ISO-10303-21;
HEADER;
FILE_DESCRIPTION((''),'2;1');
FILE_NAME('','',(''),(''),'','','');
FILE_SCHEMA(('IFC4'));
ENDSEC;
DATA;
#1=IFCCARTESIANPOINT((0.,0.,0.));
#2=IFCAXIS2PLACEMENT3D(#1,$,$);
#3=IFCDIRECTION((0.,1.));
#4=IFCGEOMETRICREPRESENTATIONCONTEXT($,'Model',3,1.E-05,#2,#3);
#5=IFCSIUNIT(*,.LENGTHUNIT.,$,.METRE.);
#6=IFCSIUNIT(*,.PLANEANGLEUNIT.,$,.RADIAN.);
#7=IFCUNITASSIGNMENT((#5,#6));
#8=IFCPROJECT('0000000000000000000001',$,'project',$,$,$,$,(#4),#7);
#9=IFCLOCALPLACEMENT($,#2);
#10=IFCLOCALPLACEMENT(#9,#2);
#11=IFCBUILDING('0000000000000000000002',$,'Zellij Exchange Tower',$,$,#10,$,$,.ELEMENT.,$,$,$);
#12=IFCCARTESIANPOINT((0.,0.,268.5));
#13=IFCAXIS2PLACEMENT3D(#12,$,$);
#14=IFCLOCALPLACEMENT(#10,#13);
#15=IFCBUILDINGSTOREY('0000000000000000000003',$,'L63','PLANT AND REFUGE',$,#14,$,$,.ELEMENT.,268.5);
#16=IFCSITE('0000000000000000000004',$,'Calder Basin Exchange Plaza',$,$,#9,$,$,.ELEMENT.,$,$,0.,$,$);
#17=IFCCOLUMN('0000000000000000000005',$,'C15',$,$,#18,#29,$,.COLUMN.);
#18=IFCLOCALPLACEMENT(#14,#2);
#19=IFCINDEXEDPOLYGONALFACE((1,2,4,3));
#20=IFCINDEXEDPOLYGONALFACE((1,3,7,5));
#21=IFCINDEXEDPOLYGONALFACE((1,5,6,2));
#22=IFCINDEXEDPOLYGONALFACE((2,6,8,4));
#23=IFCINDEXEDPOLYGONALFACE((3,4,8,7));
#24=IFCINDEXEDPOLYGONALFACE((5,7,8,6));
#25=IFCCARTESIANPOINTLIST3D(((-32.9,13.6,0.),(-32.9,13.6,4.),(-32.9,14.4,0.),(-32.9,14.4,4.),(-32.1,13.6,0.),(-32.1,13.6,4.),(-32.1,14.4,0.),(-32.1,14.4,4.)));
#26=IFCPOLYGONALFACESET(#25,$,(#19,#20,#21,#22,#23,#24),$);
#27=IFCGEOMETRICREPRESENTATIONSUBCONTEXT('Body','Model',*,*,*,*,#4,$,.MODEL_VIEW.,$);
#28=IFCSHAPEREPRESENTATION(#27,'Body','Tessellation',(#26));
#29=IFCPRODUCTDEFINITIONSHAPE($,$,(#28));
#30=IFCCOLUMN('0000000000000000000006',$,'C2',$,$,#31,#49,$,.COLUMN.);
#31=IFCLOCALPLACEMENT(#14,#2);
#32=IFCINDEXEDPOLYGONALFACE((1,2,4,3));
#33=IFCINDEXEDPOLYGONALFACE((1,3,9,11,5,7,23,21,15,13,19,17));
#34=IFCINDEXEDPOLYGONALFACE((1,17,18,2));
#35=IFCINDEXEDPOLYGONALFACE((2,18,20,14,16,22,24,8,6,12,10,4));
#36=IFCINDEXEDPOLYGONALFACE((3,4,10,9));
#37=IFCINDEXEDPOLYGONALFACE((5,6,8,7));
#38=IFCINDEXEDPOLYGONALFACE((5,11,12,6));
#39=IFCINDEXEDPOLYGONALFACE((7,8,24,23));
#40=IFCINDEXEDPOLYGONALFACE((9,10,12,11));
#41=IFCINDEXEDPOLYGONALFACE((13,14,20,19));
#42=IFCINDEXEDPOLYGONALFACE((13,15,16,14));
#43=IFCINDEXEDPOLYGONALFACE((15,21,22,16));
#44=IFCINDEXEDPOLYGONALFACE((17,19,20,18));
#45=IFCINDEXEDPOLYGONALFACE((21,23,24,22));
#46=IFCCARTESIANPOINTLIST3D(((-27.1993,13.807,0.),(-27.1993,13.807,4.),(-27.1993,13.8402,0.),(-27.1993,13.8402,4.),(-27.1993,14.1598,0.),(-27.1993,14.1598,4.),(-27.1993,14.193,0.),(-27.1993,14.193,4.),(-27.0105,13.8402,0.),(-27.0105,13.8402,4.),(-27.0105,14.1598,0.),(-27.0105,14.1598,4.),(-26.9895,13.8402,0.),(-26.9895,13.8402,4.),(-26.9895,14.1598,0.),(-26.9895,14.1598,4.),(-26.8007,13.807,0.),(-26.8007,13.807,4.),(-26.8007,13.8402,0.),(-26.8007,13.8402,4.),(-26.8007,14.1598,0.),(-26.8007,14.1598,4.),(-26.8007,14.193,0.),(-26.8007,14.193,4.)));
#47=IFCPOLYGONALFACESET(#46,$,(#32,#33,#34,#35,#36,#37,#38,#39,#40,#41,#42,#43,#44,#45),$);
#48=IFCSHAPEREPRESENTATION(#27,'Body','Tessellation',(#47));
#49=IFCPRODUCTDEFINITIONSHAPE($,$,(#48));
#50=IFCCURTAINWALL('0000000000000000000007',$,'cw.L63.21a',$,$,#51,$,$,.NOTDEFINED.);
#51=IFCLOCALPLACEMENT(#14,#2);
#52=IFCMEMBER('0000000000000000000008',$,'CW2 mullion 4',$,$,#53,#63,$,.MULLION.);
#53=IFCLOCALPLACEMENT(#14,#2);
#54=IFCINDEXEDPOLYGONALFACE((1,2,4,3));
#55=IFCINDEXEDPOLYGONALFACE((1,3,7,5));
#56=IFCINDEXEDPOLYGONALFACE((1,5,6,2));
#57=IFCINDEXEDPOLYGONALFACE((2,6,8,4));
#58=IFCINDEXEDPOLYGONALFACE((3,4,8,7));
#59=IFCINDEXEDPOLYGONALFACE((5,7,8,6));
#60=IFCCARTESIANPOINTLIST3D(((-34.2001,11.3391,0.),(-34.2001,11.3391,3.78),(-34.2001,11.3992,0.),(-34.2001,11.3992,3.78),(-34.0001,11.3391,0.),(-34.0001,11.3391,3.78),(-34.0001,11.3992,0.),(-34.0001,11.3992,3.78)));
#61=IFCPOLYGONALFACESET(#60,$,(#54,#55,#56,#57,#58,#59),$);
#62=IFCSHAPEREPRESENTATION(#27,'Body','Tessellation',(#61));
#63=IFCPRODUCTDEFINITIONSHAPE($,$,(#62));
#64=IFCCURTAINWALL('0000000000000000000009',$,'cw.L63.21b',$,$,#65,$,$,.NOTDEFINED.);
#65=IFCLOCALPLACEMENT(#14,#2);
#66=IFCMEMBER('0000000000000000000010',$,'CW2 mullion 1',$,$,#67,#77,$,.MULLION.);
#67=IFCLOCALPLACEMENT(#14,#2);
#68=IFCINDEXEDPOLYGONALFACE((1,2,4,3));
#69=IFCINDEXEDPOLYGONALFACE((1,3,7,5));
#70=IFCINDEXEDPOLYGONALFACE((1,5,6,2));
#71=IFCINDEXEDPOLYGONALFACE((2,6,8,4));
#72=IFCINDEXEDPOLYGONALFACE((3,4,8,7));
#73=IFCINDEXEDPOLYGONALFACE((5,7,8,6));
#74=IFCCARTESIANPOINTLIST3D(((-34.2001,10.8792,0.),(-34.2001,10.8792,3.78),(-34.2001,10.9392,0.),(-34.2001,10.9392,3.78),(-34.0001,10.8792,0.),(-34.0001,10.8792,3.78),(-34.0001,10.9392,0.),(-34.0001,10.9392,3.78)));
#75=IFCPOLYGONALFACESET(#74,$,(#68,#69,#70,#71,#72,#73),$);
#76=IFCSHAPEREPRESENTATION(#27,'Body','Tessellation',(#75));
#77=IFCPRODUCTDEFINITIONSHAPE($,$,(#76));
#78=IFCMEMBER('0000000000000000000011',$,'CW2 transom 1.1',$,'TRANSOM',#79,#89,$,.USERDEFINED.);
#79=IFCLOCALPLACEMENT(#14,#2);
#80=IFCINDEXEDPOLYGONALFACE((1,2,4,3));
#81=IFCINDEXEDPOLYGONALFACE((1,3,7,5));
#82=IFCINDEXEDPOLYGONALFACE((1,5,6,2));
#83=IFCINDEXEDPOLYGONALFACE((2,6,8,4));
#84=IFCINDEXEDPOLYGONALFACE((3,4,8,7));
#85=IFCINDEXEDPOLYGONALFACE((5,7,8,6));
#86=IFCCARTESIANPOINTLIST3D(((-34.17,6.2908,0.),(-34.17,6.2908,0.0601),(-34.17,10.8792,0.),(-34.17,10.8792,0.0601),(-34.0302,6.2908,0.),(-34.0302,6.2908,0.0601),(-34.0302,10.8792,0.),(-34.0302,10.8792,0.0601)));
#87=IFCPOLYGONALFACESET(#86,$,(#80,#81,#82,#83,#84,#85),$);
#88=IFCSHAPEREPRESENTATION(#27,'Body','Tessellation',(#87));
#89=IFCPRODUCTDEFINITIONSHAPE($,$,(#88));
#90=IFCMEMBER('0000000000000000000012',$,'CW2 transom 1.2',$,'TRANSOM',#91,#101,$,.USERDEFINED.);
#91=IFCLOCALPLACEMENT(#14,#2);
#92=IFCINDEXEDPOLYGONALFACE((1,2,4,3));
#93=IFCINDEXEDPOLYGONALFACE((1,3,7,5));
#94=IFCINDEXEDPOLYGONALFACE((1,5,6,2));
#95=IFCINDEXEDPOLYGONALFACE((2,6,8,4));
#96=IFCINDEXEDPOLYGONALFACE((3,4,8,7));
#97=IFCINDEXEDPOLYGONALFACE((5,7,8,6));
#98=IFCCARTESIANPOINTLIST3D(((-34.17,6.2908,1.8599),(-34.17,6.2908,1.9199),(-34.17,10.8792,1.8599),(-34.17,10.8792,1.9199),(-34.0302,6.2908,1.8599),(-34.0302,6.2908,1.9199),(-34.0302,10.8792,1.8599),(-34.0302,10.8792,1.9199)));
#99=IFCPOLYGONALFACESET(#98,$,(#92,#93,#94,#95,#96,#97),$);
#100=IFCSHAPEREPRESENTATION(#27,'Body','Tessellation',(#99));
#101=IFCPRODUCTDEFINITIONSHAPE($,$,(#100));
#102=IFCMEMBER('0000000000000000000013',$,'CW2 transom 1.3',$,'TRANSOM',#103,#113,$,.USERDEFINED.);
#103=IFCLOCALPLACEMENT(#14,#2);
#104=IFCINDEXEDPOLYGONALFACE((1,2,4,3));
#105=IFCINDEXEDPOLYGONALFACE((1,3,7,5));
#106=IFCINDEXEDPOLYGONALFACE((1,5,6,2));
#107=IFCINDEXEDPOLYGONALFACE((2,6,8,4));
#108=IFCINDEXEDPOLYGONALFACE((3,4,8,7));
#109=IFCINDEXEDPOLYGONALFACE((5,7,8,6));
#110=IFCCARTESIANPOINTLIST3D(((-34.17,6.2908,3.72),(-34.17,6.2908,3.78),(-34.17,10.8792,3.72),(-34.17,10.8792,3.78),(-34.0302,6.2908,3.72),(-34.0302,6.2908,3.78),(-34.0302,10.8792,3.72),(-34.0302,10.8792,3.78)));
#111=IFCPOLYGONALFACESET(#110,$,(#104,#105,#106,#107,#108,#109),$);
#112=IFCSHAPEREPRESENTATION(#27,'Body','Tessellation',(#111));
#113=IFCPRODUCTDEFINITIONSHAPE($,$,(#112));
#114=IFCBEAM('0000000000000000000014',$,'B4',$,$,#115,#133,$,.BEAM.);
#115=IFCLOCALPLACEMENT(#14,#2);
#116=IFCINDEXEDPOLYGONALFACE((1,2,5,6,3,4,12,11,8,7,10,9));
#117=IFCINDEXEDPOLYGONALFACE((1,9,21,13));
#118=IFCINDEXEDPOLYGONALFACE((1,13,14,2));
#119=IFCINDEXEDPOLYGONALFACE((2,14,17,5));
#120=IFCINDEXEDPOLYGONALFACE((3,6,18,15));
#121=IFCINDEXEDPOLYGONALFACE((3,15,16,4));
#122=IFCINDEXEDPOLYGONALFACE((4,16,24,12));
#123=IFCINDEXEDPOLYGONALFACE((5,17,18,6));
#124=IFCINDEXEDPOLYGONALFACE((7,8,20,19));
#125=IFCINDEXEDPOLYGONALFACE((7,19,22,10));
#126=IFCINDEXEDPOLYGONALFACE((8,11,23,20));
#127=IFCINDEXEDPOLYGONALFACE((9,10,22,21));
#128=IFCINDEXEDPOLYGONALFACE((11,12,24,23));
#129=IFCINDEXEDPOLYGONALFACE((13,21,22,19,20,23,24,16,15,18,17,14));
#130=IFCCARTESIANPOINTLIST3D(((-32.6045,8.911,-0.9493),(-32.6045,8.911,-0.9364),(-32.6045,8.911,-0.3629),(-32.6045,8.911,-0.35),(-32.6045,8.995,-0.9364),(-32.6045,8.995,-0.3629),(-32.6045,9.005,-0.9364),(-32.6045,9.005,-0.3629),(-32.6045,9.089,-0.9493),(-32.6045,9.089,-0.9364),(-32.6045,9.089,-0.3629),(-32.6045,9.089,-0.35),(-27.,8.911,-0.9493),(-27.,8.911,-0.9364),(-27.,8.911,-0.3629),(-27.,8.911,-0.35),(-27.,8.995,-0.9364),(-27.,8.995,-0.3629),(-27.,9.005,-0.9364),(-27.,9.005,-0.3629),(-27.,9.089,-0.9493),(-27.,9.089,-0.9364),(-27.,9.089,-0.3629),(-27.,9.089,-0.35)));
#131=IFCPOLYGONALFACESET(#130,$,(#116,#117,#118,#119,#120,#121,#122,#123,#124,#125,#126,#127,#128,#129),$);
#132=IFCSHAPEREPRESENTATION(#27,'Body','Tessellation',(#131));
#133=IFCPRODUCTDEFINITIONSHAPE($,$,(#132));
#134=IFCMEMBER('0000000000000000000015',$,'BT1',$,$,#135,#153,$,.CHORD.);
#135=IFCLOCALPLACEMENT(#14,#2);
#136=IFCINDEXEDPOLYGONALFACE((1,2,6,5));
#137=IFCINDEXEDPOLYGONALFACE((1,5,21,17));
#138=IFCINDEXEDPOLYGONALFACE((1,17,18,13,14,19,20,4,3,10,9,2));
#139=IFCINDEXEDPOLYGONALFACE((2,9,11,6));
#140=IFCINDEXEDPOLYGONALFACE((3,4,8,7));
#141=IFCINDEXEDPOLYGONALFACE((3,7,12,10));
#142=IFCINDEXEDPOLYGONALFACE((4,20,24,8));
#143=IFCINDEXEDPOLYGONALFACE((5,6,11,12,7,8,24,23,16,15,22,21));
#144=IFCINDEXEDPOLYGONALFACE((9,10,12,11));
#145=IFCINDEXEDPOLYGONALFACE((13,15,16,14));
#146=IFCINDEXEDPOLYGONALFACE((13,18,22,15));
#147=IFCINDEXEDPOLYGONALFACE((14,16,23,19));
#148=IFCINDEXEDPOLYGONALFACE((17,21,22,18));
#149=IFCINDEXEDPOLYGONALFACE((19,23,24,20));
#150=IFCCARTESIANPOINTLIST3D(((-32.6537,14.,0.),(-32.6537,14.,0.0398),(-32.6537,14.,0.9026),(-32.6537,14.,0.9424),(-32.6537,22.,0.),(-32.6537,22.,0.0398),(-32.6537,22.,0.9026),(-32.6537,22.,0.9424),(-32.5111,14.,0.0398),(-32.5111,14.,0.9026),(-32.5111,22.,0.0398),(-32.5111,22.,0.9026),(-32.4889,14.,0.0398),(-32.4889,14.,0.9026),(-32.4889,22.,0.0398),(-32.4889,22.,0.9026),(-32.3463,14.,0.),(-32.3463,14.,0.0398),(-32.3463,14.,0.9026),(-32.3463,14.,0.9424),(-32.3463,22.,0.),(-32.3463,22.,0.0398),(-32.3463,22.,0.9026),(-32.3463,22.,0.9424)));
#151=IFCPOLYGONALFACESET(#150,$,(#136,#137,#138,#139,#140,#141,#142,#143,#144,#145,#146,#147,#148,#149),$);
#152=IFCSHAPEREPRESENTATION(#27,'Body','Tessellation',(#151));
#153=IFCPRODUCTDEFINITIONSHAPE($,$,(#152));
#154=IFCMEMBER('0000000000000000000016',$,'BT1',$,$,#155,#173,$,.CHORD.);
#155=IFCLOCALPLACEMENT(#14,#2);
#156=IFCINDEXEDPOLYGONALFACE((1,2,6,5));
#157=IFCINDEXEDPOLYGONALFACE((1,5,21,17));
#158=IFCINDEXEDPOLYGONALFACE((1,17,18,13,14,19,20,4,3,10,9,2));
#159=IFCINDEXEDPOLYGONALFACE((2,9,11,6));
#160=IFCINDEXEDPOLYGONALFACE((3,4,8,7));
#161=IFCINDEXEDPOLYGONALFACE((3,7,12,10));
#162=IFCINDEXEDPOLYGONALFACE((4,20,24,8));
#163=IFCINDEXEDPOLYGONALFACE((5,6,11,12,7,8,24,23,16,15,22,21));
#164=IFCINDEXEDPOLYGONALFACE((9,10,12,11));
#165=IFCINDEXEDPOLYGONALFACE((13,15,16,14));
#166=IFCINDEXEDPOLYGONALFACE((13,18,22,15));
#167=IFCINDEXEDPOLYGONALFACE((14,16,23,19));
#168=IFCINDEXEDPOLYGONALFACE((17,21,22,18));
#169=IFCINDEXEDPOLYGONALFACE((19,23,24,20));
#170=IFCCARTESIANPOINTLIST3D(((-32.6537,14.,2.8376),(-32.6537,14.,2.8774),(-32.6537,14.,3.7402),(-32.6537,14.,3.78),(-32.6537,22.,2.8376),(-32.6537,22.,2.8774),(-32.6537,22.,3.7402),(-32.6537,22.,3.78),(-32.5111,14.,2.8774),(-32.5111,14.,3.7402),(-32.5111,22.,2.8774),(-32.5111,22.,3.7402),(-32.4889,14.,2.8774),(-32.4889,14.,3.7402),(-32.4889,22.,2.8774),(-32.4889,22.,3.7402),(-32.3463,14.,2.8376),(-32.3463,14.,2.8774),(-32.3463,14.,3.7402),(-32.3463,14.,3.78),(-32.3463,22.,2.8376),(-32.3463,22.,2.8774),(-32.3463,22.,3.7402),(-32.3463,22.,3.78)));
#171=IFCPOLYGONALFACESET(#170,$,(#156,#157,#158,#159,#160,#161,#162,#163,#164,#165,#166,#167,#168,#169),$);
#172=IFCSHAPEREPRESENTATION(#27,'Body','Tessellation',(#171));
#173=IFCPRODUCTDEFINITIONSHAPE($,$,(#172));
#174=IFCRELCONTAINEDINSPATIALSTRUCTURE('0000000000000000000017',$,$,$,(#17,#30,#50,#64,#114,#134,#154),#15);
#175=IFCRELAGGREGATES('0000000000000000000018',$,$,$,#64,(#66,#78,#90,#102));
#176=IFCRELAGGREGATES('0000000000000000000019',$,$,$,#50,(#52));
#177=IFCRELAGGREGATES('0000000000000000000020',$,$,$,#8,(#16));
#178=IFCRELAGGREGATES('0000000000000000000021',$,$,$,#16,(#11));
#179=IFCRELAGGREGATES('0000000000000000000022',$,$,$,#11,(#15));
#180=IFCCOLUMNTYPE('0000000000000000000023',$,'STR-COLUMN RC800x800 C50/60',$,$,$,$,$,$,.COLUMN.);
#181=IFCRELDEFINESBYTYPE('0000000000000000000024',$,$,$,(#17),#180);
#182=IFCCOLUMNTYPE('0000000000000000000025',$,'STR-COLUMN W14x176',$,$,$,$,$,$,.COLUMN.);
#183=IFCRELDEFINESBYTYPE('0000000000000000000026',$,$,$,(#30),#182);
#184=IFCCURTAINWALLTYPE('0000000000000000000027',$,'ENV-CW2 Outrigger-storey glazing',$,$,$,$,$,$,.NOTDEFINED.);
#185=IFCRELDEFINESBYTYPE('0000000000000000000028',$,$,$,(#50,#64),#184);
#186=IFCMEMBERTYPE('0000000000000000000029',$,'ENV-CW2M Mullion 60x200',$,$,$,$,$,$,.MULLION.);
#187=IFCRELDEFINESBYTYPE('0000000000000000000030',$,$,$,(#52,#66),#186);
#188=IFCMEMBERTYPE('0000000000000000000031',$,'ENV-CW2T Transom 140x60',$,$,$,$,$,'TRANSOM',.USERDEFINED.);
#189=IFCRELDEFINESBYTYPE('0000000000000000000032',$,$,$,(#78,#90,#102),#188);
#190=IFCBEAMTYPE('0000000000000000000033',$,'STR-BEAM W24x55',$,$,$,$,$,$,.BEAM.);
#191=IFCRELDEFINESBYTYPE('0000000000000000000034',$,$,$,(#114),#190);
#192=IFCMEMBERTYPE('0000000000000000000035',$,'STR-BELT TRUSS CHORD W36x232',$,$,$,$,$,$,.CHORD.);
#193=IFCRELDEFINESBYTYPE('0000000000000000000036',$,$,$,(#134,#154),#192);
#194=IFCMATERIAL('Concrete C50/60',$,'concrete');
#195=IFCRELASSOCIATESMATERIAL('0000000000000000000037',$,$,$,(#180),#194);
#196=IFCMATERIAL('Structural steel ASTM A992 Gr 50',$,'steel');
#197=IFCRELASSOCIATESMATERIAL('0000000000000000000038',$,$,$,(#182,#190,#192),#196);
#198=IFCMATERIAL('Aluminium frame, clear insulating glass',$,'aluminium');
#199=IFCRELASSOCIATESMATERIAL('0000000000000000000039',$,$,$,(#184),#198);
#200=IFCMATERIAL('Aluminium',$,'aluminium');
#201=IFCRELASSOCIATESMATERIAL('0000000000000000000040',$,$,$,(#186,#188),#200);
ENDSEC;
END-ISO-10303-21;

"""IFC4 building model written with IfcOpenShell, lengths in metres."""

from ifc_helpers import new_model, si_unit, direction, frame, origin, origin_2d, place, context, subcontext, project, spatial, rectangle, i_section, extrude, material, material_profile, profile_set, type_object, element, aggregate, save


model = new_model("IFC4")

# Units and contexts
model_context = context("Model", 3, precision=1e-05, world=origin(), true_north=direction((0.0, 1.0)))
body_context = subcontext(model_context, "Body", "Model", "MODEL_VIEW")
ifc_project = project(units=[si_unit("LENGTHUNIT", "METRE"), si_unit("PLANEANGLEUNIT", "RADIAN")], contexts=[model_context])

# Site, building, storey
site_placement = place(None, origin())
site = spatial("IfcSite", under=ifc_project, at=site_placement, Name="Calder Basin Exchange Plaza", CompositionType="ELEMENT", RefElevation=0.0)
building_placement = place(site_placement, origin())
building = spatial("IfcBuilding", under=site, at=building_placement, Name="Zellij Exchange Tower", CompositionType="ELEMENT")
storey_placement = place(building_placement, frame((0.0, 0.0, 268.5)))
storey = spatial("IfcBuildingStorey", under=building, at=storey_placement, Name="L63", Description="PLANT AND REFUGE", CompositionType="ELEMENT", Elevation=268.5)

# Columns
ifc_material_1 = material(Name="Concrete C50/60", Category="concrete")
ifc_material_profile_1 = material_profile(ifc_material_1, rectangle(XDim=0.8, YDim=0.8, at=origin_2d()), Name="STR-COLUMN RC800x800 C50/60")
ifc_profile_set_1 = profile_set([ifc_material_profile_1], Name="Concrete C50/60")
column_type_1 = type_object("IfcColumnType", Name="STR-COLUMN RC800x800 C50/60", PredefinedType="COLUMN", material=ifc_profile_set_1)
column_1_placement = place(storey_placement, frame((-32.5, 14.0, 0.0), z_axis=(0.0, 0.0, 1.0), x_axis=(1.0, 0.0, 0.0)))
element("IfcColumn", 1, at=column_1_placement, inside=storey, type_object=column_type_1, Name="C15", PredefinedType="COLUMN", context=body_context, shape_type="SweptSolid", body=[
    extrude(rectangle(XDim=0.8, YDim=0.8, at=origin_2d()), origin(), (0.0, 0.0, 1.0), 4.0),
])
ifc_material_2 = material(Name="Structural steel ASTM A992 Gr 50", Category="steel")
ifc_material_profile_2 = material_profile(ifc_material_2, i_section(OverallWidth=0.3987, OverallDepth=0.386, WebThickness=0.021, FlangeThickness=0.0332, at=origin_2d()), Name="W14x176")
ifc_profile_set_2 = profile_set([ifc_material_profile_2], Name="Structural steel ASTM A992 Gr 50")
column_type_2 = type_object("IfcColumnType", Name="STR-COLUMN W14x176", PredefinedType="COLUMN", material=ifc_profile_set_2)
column_2_placement = place(storey_placement, frame((-27.0, 14.0, 0.0), z_axis=(0.0, 0.0, 1.0), x_axis=(1.0, 0.0, 0.0)))
element("IfcColumn", 2, at=column_2_placement, inside=storey, type_object=column_type_2, Name="C2", PredefinedType="COLUMN", context=body_context, shape_type="SweptSolid", body=[
    extrude(i_section(OverallWidth=0.3987, OverallDepth=0.386, WebThickness=0.021, FlangeThickness=0.0332, at=origin_2d()), origin(), (0.0, 0.0, 1.0), 4.0),
])

# Curtain wall, member
ifc_material_3 = material(Name="Aluminium frame, clear insulating glass", Category="aluminium")
curtain_wall_type = type_object("IfcCurtainWallType", Name="ENV-CW2 Outrigger-storey glazing", PredefinedType="NOTDEFINED", material=ifc_material_3)
curtain_wall_1_placement = place(storey_placement, origin())
curtain_wall_1 = element("IfcCurtainWall", 3, at=curtain_wall_1_placement, inside=storey, type_object=curtain_wall_type, Name="cw.L63.21a", PredefinedType="NOTDEFINED")
ifc_material_4 = material(Name="Aluminium", Category="aluminium")
ifc_material_profile_3 = material_profile(ifc_material_4, rectangle(XDim=0.0601, YDim=0.2, at=origin_2d()), Name="AL 60x200")
ifc_profile_set_3 = profile_set([ifc_material_profile_3], Name="Aluminium")
member_type_1 = type_object("IfcMemberType", Name="ENV-CW2M Mullion 60x200", PredefinedType="MULLION", material=ifc_profile_set_3)
member_1_placement = place(storey_placement, frame((-34.1001, 11.3691, 0.0), z_axis=(0.0, 0.0, 1.0), x_axis=(0.0, -1.0, 0.0)))
member_1 = element("IfcMember", 4, at=member_1_placement, type_object=member_type_1, Name="CW2 mullion 4", PredefinedType="MULLION", context=body_context, shape_type="SweptSolid", body=[
    extrude(rectangle(XDim=0.0601, YDim=0.2, at=origin_2d()), origin(), (0.0, 0.0, 1.0), 3.78),
])

# Curtain wall, members
curtain_wall_2_placement = place(storey_placement, origin())
curtain_wall_2 = element("IfcCurtainWall", 5, at=curtain_wall_2_placement, inside=storey, type_object=curtain_wall_type, Name="cw.L63.21b", PredefinedType="NOTDEFINED")
member_2_placement = place(storey_placement, frame((-34.1001, 10.9092, 0.0), z_axis=(0.0, 0.0, 1.0), x_axis=(0.0, -1.0, 0.0)))
member_2 = element("IfcMember", 6, at=member_2_placement, type_object=member_type_1, Name="CW2 mullion 1", PredefinedType="MULLION", context=body_context, shape_type="SweptSolid", body=[
    extrude(rectangle(XDim=0.0601, YDim=0.2, at=origin_2d()), origin(), (0.0, 0.0, 1.0), 3.78),
])
ifc_material_profile_4 = material_profile(ifc_material_4, rectangle(XDim=0.1399, YDim=0.0601, at=origin_2d()), Name="AL 140x60")
ifc_profile_set_4 = profile_set([ifc_material_profile_4], Name="Aluminium")
member_type_2 = type_object("IfcMemberType", Name="ENV-CW2T Transom 140x60", ElementType="TRANSOM", PredefinedType="USERDEFINED", material=ifc_profile_set_4)
member_3_placement = place(storey_placement, frame((-34.1001, 10.8792, 0.03), z_axis=(0.0, -1.0, 0.0), x_axis=(1.0, 0.0, 0.0)))
member_3 = element("IfcMember", 7, at=member_3_placement, type_object=member_type_2, Name="CW2 transom 1.1", ObjectType="TRANSOM", PredefinedType="USERDEFINED", context=body_context, shape_type="SweptSolid", body=[
    extrude(rectangle(XDim=0.1399, YDim=0.0601, at=origin_2d()), origin(), (0.0, 0.0, 1.0), 4.5884),
])
member_4_placement = place(storey_placement, frame((-34.1001, 10.8792, 1.8899), z_axis=(0.0, -1.0, 0.0), x_axis=(1.0, 0.0, 0.0)))
member_4 = element("IfcMember", 8, at=member_4_placement, type_object=member_type_2, Name="CW2 transom 1.2", ObjectType="TRANSOM", PredefinedType="USERDEFINED", context=body_context, shape_type="SweptSolid", body=[
    extrude(rectangle(XDim=0.1399, YDim=0.0601, at=origin_2d()), origin(), (0.0, 0.0, 1.0), 4.5884),
])
member_5_placement = place(storey_placement, frame((-34.1001, 10.8792, 3.75), z_axis=(0.0, -1.0, 0.0), x_axis=(1.0, 0.0, 0.0)))
member_5 = element("IfcMember", 9, at=member_5_placement, type_object=member_type_2, Name="CW2 transom 1.3", ObjectType="TRANSOM", PredefinedType="USERDEFINED", context=body_context, shape_type="SweptSolid", body=[
    extrude(rectangle(XDim=0.1399, YDim=0.0601, at=origin_2d()), origin(), (0.0, 0.0, 1.0), 4.5884),
])

# Beam
ifc_material_profile_5 = material_profile(ifc_material_2, i_section(OverallWidth=0.178, OverallDepth=0.5994, WebThickness=0.01, FlangeThickness=0.0129, at=origin_2d()), Name="W24x55")
ifc_profile_set_5 = profile_set([ifc_material_profile_5], Name="Structural steel ASTM A992 Gr 50")
beam_type_1 = type_object("IfcBeamType", Name="STR-BEAM W24x55", PredefinedType="BEAM", material=ifc_profile_set_5)
beam_1_placement = place(storey_placement, frame((-32.6045, 9.0, -0.6497), z_axis=(1.0, 0.0, 0.0), x_axis=(0.0, 1.0, 0.0)))
element("IfcBeam", 10, at=beam_1_placement, inside=storey, type_object=beam_type_1, Name="B4", PredefinedType="BEAM", context=body_context, shape_type="SweptSolid", body=[
    extrude(i_section(OverallWidth=0.178, OverallDepth=0.5994, WebThickness=0.01, FlangeThickness=0.0129, at=origin_2d()), origin(), (0.0, 0.0, 1.0), 5.6045),
])

# Members
ifc_material_profile_6 = material_profile(ifc_material_2, i_section(OverallWidth=0.3074, OverallDepth=0.9424, WebThickness=0.0222, FlangeThickness=0.0398, at=origin_2d()), Name="W36x232")
ifc_profile_set_6 = profile_set([ifc_material_profile_6], Name="Structural steel ASTM A992 Gr 50")
member_type_3 = type_object("IfcMemberType", Name="STR-BELT TRUSS CHORD W36x232", PredefinedType="CHORD", material=ifc_profile_set_6)
for number, where, z_axis, x_axis, name in (
    (11, (-32.5, 14.0, 0.4712), (0.0, 1.0, 0.0), (-1.0, 0.0, 0.0), "BT1"),
    (12, (-32.5, 14.0, 3.3088), (0.0, 1.0, 0.0), (-1.0, 0.0, 0.0), "BT1"),
):
    element("IfcMember", number, at=place(storey_placement, frame(where, z_axis=z_axis, x_axis=x_axis)), inside=storey, type_object=member_type_3, Name=name, PredefinedType="CHORD", context=body_context, shape_type="SweptSolid", body=[
        extrude(i_section(OverallWidth=0.3074, OverallDepth=0.9424, WebThickness=0.0222, FlangeThickness=0.0398, at=origin_2d()), origin(), (0.0, 0.0, 1.0), 8.0),
    ])

aggregate(curtain_wall_2, [member_2, member_3, member_4, member_5])
aggregate(curtain_wall_1, [member_1])

save(model, "model.ifc")
